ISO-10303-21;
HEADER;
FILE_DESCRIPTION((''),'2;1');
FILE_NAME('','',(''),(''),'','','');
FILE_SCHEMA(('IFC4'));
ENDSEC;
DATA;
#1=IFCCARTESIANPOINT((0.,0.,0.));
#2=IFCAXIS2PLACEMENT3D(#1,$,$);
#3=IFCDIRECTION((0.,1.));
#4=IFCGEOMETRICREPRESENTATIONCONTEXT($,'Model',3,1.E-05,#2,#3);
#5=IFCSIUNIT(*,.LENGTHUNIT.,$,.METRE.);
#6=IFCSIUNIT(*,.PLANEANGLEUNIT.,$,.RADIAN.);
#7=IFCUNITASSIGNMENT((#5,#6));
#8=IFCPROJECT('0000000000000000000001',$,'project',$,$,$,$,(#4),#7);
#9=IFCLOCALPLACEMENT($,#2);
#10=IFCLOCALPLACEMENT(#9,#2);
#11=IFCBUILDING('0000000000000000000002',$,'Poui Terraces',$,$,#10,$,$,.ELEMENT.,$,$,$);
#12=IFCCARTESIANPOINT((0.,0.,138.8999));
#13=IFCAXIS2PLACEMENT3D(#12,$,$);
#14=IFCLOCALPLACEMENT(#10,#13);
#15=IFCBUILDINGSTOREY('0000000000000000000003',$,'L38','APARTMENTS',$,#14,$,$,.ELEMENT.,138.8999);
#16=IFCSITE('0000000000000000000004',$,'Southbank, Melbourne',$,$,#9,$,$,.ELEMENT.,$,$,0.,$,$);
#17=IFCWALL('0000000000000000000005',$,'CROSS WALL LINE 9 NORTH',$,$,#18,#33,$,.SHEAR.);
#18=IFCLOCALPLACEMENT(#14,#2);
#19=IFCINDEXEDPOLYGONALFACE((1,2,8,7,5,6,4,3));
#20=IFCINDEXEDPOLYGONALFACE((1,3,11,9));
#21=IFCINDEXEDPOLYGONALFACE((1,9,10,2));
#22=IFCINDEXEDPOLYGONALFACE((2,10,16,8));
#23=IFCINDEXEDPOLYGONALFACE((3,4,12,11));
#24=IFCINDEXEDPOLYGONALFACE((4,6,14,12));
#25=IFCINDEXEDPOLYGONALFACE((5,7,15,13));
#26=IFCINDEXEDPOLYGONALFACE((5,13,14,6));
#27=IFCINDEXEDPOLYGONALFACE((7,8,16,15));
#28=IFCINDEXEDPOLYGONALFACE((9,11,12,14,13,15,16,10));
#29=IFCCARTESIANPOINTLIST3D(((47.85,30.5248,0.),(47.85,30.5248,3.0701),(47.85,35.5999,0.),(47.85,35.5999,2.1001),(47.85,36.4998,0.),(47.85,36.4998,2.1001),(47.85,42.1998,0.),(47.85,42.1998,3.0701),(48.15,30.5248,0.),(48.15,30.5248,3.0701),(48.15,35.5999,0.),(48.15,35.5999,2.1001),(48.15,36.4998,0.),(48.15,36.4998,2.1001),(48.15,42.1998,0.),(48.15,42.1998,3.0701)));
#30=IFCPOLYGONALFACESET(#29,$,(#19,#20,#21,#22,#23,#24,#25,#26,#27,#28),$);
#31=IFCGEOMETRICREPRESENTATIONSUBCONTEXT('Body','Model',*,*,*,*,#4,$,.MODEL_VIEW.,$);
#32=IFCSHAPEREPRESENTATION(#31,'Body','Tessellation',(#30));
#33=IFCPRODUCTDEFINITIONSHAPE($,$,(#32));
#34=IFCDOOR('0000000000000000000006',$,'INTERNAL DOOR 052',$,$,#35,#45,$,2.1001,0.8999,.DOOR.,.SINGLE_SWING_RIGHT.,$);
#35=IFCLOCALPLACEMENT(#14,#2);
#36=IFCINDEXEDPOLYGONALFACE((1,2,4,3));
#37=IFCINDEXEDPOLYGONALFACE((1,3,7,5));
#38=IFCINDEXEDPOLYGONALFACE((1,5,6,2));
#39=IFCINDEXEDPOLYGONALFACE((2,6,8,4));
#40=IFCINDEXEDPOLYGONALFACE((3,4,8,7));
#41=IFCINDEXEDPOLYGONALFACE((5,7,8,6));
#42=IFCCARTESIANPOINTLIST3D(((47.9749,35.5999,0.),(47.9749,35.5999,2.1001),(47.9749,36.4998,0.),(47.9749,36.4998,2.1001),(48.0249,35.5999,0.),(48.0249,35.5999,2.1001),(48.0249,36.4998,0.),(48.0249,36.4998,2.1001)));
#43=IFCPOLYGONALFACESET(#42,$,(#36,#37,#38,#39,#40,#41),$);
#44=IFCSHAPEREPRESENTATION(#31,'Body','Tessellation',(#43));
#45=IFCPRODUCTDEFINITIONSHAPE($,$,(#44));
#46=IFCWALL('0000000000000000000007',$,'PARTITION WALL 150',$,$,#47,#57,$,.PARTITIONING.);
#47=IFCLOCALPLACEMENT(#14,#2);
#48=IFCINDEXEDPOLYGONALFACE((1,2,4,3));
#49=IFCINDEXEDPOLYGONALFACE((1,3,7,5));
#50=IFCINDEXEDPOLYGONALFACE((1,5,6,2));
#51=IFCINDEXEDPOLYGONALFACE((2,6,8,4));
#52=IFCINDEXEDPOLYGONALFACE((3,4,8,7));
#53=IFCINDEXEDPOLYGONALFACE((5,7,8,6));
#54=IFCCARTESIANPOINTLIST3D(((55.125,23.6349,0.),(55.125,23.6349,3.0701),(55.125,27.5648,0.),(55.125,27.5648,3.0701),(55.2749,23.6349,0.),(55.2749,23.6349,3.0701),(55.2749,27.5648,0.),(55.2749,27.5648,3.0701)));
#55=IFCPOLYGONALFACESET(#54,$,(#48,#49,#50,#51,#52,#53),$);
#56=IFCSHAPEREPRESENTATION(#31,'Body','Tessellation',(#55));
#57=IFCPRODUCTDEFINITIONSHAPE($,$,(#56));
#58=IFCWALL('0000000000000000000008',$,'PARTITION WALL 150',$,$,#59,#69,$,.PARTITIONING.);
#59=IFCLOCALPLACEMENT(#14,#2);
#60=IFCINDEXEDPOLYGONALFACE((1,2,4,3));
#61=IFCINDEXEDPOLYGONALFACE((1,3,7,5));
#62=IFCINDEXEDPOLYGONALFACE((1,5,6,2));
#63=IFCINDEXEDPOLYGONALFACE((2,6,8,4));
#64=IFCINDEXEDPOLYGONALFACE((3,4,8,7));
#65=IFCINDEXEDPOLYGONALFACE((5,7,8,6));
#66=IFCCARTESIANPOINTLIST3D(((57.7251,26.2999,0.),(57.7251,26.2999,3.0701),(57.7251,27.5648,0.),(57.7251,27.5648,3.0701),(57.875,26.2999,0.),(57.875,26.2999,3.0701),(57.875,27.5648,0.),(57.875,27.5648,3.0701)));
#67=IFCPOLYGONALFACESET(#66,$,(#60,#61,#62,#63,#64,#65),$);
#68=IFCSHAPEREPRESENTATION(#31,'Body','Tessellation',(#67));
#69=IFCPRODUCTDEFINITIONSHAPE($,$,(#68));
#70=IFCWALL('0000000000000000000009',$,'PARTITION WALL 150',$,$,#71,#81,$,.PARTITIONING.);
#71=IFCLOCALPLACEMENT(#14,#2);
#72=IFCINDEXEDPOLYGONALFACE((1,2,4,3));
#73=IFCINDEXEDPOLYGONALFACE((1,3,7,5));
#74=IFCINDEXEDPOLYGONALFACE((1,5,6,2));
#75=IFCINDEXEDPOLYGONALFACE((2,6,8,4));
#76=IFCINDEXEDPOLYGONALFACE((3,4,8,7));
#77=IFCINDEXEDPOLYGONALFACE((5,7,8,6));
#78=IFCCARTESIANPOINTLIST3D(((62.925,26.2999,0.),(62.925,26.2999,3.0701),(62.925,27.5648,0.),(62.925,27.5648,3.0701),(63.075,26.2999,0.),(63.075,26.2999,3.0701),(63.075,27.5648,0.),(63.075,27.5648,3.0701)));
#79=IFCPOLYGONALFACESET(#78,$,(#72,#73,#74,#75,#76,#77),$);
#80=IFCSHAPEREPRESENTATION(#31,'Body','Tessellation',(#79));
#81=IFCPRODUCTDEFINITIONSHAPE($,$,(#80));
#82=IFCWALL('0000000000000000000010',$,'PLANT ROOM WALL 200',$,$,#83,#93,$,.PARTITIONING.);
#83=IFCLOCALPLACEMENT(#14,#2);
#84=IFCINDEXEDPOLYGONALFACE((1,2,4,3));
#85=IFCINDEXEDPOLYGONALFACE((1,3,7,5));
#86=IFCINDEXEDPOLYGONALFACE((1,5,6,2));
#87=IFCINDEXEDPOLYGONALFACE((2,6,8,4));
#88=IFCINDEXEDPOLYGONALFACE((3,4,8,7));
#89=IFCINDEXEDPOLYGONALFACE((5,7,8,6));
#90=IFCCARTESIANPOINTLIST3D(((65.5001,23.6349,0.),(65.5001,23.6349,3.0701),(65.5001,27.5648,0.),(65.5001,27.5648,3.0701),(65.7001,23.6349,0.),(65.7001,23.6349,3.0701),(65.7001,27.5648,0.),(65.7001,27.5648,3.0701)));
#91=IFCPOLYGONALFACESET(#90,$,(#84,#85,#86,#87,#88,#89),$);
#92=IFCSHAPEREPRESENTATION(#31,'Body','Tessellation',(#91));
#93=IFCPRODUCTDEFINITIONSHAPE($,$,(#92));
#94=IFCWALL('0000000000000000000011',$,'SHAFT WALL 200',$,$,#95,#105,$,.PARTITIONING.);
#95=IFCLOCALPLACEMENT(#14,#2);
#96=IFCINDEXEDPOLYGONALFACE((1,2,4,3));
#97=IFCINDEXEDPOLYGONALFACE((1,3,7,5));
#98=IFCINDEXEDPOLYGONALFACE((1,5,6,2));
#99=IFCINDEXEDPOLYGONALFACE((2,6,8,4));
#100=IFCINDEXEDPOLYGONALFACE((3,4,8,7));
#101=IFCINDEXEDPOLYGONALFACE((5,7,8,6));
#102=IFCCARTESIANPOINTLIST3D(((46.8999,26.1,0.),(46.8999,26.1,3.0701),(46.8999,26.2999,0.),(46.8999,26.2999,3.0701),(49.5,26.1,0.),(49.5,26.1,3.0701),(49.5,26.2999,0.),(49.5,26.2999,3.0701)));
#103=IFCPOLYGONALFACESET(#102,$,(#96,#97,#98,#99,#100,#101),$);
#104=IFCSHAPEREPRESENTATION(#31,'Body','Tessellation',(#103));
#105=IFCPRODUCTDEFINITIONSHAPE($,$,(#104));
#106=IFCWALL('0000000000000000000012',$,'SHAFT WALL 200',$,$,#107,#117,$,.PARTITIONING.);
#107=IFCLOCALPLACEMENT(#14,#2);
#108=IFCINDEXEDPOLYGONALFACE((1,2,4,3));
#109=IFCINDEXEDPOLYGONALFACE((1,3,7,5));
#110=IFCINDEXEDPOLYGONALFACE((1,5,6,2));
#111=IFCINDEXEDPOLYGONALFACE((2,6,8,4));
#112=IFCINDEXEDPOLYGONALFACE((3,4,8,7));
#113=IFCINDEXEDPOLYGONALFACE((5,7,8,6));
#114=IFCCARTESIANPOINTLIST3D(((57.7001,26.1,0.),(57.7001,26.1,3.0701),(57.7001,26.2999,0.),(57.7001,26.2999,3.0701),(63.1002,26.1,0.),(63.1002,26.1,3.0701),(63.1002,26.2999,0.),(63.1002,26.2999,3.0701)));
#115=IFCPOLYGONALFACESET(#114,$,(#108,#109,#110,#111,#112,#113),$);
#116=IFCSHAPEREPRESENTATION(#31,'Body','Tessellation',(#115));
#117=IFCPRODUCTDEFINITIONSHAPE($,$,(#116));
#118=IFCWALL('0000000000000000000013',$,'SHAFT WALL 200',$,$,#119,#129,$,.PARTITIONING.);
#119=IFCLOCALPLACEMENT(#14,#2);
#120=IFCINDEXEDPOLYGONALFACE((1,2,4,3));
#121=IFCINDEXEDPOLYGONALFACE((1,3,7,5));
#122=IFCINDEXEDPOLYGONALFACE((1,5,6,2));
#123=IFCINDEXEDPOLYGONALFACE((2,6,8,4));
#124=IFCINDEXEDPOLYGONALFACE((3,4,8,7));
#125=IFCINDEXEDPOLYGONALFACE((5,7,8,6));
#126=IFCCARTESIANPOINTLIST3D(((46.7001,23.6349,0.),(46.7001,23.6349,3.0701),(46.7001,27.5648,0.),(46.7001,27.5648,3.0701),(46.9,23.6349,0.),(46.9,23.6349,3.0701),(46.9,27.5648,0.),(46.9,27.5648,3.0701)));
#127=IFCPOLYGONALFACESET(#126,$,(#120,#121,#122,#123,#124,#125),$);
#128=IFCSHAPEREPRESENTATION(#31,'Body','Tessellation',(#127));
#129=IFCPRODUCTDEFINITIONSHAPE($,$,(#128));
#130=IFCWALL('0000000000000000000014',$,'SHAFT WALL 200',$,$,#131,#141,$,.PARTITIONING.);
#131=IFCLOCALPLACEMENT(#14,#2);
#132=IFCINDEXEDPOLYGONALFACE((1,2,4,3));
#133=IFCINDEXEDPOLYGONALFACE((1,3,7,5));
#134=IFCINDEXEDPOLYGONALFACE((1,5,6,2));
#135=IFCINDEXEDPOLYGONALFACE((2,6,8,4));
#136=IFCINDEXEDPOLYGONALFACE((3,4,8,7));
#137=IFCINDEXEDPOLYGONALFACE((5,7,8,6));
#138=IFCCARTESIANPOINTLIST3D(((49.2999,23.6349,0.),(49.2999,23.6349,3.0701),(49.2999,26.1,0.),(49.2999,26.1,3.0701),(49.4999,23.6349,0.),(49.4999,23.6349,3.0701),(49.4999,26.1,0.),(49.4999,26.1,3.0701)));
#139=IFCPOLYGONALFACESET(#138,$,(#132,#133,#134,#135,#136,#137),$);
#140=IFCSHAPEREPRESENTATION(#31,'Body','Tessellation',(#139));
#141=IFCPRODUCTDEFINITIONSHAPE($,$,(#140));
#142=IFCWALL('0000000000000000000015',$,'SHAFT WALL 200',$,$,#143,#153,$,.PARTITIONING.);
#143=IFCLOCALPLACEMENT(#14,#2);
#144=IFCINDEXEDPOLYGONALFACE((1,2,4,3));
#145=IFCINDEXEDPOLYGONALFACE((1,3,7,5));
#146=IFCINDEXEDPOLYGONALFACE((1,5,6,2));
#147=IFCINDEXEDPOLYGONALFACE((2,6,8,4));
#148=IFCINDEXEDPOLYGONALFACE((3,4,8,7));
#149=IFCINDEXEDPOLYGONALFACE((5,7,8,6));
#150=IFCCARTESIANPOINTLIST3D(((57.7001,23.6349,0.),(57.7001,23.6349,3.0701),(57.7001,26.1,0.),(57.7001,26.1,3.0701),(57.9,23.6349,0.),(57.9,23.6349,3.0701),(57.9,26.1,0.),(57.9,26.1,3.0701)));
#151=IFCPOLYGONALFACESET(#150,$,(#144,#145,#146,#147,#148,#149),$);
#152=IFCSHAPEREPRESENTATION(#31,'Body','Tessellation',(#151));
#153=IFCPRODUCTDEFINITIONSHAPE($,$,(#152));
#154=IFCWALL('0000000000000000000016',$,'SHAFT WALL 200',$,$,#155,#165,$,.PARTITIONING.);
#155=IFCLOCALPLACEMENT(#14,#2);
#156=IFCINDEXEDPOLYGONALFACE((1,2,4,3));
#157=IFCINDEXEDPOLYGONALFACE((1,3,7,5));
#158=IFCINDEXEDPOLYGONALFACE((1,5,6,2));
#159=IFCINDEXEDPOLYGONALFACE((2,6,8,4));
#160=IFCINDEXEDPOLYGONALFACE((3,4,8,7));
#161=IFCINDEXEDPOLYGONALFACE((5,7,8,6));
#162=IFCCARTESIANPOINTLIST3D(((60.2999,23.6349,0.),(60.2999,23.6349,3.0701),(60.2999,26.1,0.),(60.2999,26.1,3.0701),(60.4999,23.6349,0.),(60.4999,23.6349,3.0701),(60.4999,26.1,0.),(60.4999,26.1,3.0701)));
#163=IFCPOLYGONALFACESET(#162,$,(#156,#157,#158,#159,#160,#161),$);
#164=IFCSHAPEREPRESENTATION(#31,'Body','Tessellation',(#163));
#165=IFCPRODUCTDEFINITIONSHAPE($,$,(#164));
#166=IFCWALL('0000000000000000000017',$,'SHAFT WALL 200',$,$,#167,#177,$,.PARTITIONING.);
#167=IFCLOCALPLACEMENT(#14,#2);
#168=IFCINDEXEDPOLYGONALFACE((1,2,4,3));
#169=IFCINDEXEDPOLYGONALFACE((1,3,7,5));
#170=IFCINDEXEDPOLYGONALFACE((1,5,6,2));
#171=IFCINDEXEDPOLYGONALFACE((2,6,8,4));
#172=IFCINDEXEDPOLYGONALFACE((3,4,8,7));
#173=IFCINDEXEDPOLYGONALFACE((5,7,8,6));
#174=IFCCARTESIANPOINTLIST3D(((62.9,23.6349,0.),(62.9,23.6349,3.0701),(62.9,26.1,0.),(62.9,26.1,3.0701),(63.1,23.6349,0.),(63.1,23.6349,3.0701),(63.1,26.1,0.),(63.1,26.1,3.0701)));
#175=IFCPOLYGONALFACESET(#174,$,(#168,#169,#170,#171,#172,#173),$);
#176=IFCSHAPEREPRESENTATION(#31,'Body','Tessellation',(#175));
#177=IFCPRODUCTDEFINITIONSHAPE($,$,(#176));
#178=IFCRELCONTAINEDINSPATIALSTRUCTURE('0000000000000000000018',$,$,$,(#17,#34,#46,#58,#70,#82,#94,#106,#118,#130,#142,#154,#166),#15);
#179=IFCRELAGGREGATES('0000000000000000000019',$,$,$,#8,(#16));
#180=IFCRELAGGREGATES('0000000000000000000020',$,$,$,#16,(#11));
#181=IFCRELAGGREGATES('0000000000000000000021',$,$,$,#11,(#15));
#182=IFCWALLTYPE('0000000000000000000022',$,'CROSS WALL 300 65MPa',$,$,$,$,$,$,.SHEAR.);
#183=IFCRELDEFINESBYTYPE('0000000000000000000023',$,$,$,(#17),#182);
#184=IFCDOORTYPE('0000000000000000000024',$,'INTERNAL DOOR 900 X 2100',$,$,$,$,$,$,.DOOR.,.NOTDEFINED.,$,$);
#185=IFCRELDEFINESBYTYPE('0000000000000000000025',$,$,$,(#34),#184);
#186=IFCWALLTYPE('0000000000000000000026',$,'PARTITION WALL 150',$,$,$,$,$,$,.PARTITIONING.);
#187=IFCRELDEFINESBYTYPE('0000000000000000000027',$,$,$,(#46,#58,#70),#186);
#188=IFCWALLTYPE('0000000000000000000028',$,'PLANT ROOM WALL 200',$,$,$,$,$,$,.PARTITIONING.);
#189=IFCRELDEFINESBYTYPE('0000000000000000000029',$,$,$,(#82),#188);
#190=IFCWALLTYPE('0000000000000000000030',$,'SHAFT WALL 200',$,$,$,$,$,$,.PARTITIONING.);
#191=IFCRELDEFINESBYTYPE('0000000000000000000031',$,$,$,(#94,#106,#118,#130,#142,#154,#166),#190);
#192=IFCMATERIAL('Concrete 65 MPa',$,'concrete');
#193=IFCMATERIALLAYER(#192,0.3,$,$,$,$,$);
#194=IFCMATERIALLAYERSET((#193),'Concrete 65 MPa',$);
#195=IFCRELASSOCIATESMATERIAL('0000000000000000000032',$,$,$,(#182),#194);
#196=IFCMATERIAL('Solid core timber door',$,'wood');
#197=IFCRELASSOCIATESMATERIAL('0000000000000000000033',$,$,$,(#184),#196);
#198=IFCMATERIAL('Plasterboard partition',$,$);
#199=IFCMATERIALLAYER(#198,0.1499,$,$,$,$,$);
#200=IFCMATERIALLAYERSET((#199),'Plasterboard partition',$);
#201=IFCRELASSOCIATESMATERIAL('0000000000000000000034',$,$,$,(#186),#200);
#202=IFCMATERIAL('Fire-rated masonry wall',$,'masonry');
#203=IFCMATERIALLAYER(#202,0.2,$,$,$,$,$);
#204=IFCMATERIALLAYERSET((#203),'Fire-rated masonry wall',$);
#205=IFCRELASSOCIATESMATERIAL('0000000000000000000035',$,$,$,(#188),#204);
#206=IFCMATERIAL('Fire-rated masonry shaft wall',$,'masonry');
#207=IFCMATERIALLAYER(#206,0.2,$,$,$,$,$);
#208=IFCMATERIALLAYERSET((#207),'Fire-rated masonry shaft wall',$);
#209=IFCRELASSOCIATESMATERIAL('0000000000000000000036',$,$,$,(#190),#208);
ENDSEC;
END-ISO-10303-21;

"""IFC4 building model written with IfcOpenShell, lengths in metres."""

from ifc_helpers import new_model, si_unit, direction, frame, frame_2d, origin, place, context, subcontext, project, spatial, rectangle, extrude, material, layer, layer_set, type_object, element, fill, save


model = new_model("IFC4")

# Units and contexts
model_context = context("Model", 3, precision=1e-05, world=origin(), true_north=direction((0.0, 1.0)))
body_context = subcontext(model_context, "Body", "Model", "MODEL_VIEW")
ifc_project = project(units=[si_unit("LENGTHUNIT", "METRE"), si_unit("PLANEANGLEUNIT", "RADIAN")], contexts=[model_context])

# Site, building, storey
site_placement = place(None, origin())
site = spatial("IfcSite", under=ifc_project, at=site_placement, Name="Southbank, Melbourne", CompositionType="ELEMENT", RefElevation=0.0)
building_placement = place(site_placement, origin())
building = spatial("IfcBuilding", under=site, at=building_placement, Name="Poui Terraces", CompositionType="ELEMENT")
storey_placement = place(building_placement, frame((0.0, 0.0, 138.8999)))
storey = spatial("IfcBuildingStorey", under=building, at=storey_placement, Name="L38", Description="APARTMENTS", CompositionType="ELEMENT", Elevation=138.8999)

# Shared definitions
ifc_material_1 = material(Name="Concrete 65 MPa", Category="concrete")

# Wall, opening, door
ifc_layer_1 = layer(ifc_material_1, 0.3)
ifc_layer_set_1 = layer_set([ifc_layer_1], Name="Concrete 65 MPa")
wall_type_1 = type_object("IfcWallType", Name="CROSS WALL 300 65MPa", PredefinedType="SHEAR", material=ifc_layer_set_1)
wall_1_placement = place(storey_placement, frame((48.0, 30.5249, 0.0), z_axis=(0.0, 0.0, 1.0), x_axis=(0.0, 1.0, 0.0)))
wall_1 = element("IfcWall", 1, at=wall_1_placement, inside=storey, type_object=wall_type_1, Name="CROSS WALL LINE 9 NORTH", PredefinedType="SHEAR", context=body_context, shape_type="SweptSolid", body=[
    extrude(rectangle(XDim=11.675, YDim=0.3, at=frame_2d((5.8374, 0.0))), origin(), (0.0, 0.0, 1.0), 3.0701),
])
opening_1_placement = place(wall_1_placement, frame((5.075, 0.0, 0.0)))
opening_1 = element("IfcOpeningElement", 2, at=opening_1_placement, cuts=wall_1, PredefinedType="OPENING", context=body_context, shape_type="SweptSolid", body=[
    extrude(rectangle(XDim=0.8999, YDim=2.1001, at=frame_2d((0.45, 1.05))), frame((0.0, 0.1602, 0.0), z_axis=(0.0, -1.0, 0.0), x_axis=(1.0, 0.0, 0.0)), (0.0, 0.0, 1.0), 0.3201),
])
ifc_material_2 = material(Name="Solid core timber door", Category="wood")
door_type_1 = type_object("IfcDoorType", Name="INTERNAL DOOR 900 X 2100", OperationType="NOTDEFINED", PredefinedType="DOOR", material=ifc_material_2)
door_1_placement = place(opening_1_placement, frame((0.8999, 0.0, 0.0), z_axis=(0.0, 0.0, 1.0), x_axis=(-1.0, 0.0, 0.0)))
door_1 = element("IfcDoor", 3, at=door_1_placement, inside=storey, type_object=door_type_1, Name="INTERNAL DOOR 052", OperationType="SINGLE_SWING_RIGHT", OverallHeight=2.1001, OverallWidth=0.8999, PredefinedType="DOOR", context=body_context, shape_type="SweptSolid", body=[
    extrude(rectangle(XDim=0.8999, YDim=2.1001, at=frame_2d((0.45, 1.05))), frame((0.0, 0.0249, 0.0), z_axis=(0.0, -1.0, 0.0), x_axis=(1.0, 0.0, 0.0)), (0.0, 0.0, 1.0), 0.05),
])
fill(opening_1, door_1)

# Walls
ifc_material_3 = material(Name="Plasterboard partition")
ifc_layer_2 = layer(ifc_material_3, 0.1499)
ifc_layer_set_2 = layer_set([ifc_layer_2], Name="Plasterboard partition")
wall_type_2 = type_object("IfcWallType", Name="PARTITION WALL 150", PredefinedType="PARTITIONING", material=ifc_layer_set_2)
wall_2_placement = place(storey_placement, frame((55.2, 23.635, 0.0), z_axis=(0.0, 0.0, 1.0), x_axis=(0.0, 1.0, 0.0)))
element("IfcWall", 4, at=wall_2_placement, inside=storey, type_object=wall_type_2, Name="PARTITION WALL 150", PredefinedType="PARTITIONING", context=body_context, shape_type="SweptSolid", body=[
    extrude(rectangle(XDim=3.9299, YDim=0.1499, at=frame_2d((1.9648, 0.0))), origin(), (0.0, 0.0, 1.0), 3.0701),
])
for number, where, z_axis, x_axis, name in (
    (5, (57.8, 26.3, 0.0), (0.0, 0.0, 1.0), (0.0, 1.0, 0.0), "PARTITION WALL 150"),
    (6, (63.0, 26.3, 0.0), (0.0, 0.0, 1.0), (0.0, 1.0, 0.0), "PARTITION WALL 150"),
):
    element("IfcWall", number, at=place(storey_placement, frame(where, z_axis=z_axis, x_axis=x_axis)), inside=storey, type_object=wall_type_2, Name=name, PredefinedType="PARTITIONING", context=body_context, shape_type="SweptSolid", body=[
        extrude(rectangle(XDim=1.2649, YDim=0.1499, at=frame_2d((0.6323, 0.0))), origin(), (0.0, 0.0, 1.0), 3.0701),
    ])
ifc_material_4 = material(Name="Fire-rated masonry wall", Category="masonry")
ifc_layer_3 = layer(ifc_material_4, 0.2)
ifc_layer_set_3 = layer_set([ifc_layer_3], Name="Fire-rated masonry wall")
wall_type_3 = type_object("IfcWallType", Name="PLANT ROOM WALL 200", PredefinedType="PARTITIONING", material=ifc_layer_set_3)
wall_3_placement = place(storey_placement, frame((65.6001, 23.635, 0.0), z_axis=(0.0, 0.0, 1.0), x_axis=(0.0, 1.0, 0.0)))
element("IfcWall", 7, at=wall_3_placement, inside=storey, type_object=wall_type_3, Name="PLANT ROOM WALL 200", PredefinedType="PARTITIONING", context=body_context, shape_type="SweptSolid", body=[
    extrude(rectangle(XDim=3.9299, YDim=0.2, at=frame_2d((1.9648, 0.0))), origin(), (0.0, 0.0, 1.0), 3.0701),
])
ifc_material_5 = material(Name="Fire-rated masonry shaft wall", Category="masonry")
ifc_layer_4 = layer(ifc_material_5, 0.2)
ifc_layer_set_4 = layer_set([ifc_layer_4], Name="Fire-rated masonry shaft wall")
wall_type_4 = type_object("IfcWallType", Name="SHAFT WALL 200", PredefinedType="PARTITIONING", material=ifc_layer_set_4)
wall_4_placement = place(storey_placement, frame((46.8999, 26.2, 0.0), z_axis=(0.0, 0.0, 1.0), x_axis=(1.0, 0.0, 0.0)))
element("IfcWall", 8, at=wall_4_placement, inside=storey, type_object=wall_type_4, Name="SHAFT WALL 200", PredefinedType="PARTITIONING", context=body_context, shape_type="SweptSolid", body=[
    extrude(rectangle(XDim=2.6001, YDim=0.2, at=frame_2d((1.3, 0.0))), origin(), (0.0, 0.0, 1.0), 3.0701),
])
wall_5_placement = place(storey_placement, frame((57.7, 26.2, 0.0), z_axis=(0.0, 0.0, 1.0), x_axis=(1.0, 0.0, 0.0)))
element("IfcWall", 9, at=wall_5_placement, inside=storey, type_object=wall_type_4, Name="SHAFT WALL 200", PredefinedType="PARTITIONING", context=body_context, shape_type="SweptSolid", body=[
    extrude(rectangle(XDim=5.4001, YDim=0.2, at=frame_2d((2.7002, 0.0))), origin(), (0.0, 0.0, 1.0), 3.0701),
])
wall_6_placement = place(storey_placement, frame((46.8, 23.635, 0.0), z_axis=(0.0, 0.0, 1.0), x_axis=(0.0, 1.0, 0.0)))
element("IfcWall", 10, at=wall_6_placement, inside=storey, type_object=wall_type_4, Name="SHAFT WALL 200", PredefinedType="PARTITIONING", context=body_context, shape_type="SweptSolid", body=[
    extrude(rectangle(XDim=3.9299, YDim=0.2, at=frame_2d((1.9648, 0.0))), origin(), (0.0, 0.0, 1.0), 3.0701),
])
for number, where, z_axis, x_axis, name in (
    (11, (49.3999, 23.635, 0.0), (0.0, 0.0, 1.0), (0.0, 1.0, 0.0), "SHAFT WALL 200"),
    (12, (57.8, 23.635, 0.0), (0.0, 0.0, 1.0), (0.0, 1.0, 0.0), "SHAFT WALL 200"),
    (13, (60.3999, 23.635, 0.0), (0.0, 0.0, 1.0), (0.0, 1.0, 0.0), "SHAFT WALL 200"),
    (14, (63.0, 23.635, 0.0), (0.0, 0.0, 1.0), (0.0, 1.0, 0.0), "SHAFT WALL 200"),
):
    element("IfcWall", number, at=place(storey_placement, frame(where, z_axis=z_axis, x_axis=x_axis)), inside=storey, type_object=wall_type_4, Name=name, PredefinedType="PARTITIONING", context=body_context, shape_type="SweptSolid", body=[
        extrude(rectangle(XDim=2.4651, YDim=0.2, at=frame_2d((1.2324, 0.0))), origin(), (0.0, 0.0, 1.0), 3.0701),
    ])

save(model, "model.ifc")
